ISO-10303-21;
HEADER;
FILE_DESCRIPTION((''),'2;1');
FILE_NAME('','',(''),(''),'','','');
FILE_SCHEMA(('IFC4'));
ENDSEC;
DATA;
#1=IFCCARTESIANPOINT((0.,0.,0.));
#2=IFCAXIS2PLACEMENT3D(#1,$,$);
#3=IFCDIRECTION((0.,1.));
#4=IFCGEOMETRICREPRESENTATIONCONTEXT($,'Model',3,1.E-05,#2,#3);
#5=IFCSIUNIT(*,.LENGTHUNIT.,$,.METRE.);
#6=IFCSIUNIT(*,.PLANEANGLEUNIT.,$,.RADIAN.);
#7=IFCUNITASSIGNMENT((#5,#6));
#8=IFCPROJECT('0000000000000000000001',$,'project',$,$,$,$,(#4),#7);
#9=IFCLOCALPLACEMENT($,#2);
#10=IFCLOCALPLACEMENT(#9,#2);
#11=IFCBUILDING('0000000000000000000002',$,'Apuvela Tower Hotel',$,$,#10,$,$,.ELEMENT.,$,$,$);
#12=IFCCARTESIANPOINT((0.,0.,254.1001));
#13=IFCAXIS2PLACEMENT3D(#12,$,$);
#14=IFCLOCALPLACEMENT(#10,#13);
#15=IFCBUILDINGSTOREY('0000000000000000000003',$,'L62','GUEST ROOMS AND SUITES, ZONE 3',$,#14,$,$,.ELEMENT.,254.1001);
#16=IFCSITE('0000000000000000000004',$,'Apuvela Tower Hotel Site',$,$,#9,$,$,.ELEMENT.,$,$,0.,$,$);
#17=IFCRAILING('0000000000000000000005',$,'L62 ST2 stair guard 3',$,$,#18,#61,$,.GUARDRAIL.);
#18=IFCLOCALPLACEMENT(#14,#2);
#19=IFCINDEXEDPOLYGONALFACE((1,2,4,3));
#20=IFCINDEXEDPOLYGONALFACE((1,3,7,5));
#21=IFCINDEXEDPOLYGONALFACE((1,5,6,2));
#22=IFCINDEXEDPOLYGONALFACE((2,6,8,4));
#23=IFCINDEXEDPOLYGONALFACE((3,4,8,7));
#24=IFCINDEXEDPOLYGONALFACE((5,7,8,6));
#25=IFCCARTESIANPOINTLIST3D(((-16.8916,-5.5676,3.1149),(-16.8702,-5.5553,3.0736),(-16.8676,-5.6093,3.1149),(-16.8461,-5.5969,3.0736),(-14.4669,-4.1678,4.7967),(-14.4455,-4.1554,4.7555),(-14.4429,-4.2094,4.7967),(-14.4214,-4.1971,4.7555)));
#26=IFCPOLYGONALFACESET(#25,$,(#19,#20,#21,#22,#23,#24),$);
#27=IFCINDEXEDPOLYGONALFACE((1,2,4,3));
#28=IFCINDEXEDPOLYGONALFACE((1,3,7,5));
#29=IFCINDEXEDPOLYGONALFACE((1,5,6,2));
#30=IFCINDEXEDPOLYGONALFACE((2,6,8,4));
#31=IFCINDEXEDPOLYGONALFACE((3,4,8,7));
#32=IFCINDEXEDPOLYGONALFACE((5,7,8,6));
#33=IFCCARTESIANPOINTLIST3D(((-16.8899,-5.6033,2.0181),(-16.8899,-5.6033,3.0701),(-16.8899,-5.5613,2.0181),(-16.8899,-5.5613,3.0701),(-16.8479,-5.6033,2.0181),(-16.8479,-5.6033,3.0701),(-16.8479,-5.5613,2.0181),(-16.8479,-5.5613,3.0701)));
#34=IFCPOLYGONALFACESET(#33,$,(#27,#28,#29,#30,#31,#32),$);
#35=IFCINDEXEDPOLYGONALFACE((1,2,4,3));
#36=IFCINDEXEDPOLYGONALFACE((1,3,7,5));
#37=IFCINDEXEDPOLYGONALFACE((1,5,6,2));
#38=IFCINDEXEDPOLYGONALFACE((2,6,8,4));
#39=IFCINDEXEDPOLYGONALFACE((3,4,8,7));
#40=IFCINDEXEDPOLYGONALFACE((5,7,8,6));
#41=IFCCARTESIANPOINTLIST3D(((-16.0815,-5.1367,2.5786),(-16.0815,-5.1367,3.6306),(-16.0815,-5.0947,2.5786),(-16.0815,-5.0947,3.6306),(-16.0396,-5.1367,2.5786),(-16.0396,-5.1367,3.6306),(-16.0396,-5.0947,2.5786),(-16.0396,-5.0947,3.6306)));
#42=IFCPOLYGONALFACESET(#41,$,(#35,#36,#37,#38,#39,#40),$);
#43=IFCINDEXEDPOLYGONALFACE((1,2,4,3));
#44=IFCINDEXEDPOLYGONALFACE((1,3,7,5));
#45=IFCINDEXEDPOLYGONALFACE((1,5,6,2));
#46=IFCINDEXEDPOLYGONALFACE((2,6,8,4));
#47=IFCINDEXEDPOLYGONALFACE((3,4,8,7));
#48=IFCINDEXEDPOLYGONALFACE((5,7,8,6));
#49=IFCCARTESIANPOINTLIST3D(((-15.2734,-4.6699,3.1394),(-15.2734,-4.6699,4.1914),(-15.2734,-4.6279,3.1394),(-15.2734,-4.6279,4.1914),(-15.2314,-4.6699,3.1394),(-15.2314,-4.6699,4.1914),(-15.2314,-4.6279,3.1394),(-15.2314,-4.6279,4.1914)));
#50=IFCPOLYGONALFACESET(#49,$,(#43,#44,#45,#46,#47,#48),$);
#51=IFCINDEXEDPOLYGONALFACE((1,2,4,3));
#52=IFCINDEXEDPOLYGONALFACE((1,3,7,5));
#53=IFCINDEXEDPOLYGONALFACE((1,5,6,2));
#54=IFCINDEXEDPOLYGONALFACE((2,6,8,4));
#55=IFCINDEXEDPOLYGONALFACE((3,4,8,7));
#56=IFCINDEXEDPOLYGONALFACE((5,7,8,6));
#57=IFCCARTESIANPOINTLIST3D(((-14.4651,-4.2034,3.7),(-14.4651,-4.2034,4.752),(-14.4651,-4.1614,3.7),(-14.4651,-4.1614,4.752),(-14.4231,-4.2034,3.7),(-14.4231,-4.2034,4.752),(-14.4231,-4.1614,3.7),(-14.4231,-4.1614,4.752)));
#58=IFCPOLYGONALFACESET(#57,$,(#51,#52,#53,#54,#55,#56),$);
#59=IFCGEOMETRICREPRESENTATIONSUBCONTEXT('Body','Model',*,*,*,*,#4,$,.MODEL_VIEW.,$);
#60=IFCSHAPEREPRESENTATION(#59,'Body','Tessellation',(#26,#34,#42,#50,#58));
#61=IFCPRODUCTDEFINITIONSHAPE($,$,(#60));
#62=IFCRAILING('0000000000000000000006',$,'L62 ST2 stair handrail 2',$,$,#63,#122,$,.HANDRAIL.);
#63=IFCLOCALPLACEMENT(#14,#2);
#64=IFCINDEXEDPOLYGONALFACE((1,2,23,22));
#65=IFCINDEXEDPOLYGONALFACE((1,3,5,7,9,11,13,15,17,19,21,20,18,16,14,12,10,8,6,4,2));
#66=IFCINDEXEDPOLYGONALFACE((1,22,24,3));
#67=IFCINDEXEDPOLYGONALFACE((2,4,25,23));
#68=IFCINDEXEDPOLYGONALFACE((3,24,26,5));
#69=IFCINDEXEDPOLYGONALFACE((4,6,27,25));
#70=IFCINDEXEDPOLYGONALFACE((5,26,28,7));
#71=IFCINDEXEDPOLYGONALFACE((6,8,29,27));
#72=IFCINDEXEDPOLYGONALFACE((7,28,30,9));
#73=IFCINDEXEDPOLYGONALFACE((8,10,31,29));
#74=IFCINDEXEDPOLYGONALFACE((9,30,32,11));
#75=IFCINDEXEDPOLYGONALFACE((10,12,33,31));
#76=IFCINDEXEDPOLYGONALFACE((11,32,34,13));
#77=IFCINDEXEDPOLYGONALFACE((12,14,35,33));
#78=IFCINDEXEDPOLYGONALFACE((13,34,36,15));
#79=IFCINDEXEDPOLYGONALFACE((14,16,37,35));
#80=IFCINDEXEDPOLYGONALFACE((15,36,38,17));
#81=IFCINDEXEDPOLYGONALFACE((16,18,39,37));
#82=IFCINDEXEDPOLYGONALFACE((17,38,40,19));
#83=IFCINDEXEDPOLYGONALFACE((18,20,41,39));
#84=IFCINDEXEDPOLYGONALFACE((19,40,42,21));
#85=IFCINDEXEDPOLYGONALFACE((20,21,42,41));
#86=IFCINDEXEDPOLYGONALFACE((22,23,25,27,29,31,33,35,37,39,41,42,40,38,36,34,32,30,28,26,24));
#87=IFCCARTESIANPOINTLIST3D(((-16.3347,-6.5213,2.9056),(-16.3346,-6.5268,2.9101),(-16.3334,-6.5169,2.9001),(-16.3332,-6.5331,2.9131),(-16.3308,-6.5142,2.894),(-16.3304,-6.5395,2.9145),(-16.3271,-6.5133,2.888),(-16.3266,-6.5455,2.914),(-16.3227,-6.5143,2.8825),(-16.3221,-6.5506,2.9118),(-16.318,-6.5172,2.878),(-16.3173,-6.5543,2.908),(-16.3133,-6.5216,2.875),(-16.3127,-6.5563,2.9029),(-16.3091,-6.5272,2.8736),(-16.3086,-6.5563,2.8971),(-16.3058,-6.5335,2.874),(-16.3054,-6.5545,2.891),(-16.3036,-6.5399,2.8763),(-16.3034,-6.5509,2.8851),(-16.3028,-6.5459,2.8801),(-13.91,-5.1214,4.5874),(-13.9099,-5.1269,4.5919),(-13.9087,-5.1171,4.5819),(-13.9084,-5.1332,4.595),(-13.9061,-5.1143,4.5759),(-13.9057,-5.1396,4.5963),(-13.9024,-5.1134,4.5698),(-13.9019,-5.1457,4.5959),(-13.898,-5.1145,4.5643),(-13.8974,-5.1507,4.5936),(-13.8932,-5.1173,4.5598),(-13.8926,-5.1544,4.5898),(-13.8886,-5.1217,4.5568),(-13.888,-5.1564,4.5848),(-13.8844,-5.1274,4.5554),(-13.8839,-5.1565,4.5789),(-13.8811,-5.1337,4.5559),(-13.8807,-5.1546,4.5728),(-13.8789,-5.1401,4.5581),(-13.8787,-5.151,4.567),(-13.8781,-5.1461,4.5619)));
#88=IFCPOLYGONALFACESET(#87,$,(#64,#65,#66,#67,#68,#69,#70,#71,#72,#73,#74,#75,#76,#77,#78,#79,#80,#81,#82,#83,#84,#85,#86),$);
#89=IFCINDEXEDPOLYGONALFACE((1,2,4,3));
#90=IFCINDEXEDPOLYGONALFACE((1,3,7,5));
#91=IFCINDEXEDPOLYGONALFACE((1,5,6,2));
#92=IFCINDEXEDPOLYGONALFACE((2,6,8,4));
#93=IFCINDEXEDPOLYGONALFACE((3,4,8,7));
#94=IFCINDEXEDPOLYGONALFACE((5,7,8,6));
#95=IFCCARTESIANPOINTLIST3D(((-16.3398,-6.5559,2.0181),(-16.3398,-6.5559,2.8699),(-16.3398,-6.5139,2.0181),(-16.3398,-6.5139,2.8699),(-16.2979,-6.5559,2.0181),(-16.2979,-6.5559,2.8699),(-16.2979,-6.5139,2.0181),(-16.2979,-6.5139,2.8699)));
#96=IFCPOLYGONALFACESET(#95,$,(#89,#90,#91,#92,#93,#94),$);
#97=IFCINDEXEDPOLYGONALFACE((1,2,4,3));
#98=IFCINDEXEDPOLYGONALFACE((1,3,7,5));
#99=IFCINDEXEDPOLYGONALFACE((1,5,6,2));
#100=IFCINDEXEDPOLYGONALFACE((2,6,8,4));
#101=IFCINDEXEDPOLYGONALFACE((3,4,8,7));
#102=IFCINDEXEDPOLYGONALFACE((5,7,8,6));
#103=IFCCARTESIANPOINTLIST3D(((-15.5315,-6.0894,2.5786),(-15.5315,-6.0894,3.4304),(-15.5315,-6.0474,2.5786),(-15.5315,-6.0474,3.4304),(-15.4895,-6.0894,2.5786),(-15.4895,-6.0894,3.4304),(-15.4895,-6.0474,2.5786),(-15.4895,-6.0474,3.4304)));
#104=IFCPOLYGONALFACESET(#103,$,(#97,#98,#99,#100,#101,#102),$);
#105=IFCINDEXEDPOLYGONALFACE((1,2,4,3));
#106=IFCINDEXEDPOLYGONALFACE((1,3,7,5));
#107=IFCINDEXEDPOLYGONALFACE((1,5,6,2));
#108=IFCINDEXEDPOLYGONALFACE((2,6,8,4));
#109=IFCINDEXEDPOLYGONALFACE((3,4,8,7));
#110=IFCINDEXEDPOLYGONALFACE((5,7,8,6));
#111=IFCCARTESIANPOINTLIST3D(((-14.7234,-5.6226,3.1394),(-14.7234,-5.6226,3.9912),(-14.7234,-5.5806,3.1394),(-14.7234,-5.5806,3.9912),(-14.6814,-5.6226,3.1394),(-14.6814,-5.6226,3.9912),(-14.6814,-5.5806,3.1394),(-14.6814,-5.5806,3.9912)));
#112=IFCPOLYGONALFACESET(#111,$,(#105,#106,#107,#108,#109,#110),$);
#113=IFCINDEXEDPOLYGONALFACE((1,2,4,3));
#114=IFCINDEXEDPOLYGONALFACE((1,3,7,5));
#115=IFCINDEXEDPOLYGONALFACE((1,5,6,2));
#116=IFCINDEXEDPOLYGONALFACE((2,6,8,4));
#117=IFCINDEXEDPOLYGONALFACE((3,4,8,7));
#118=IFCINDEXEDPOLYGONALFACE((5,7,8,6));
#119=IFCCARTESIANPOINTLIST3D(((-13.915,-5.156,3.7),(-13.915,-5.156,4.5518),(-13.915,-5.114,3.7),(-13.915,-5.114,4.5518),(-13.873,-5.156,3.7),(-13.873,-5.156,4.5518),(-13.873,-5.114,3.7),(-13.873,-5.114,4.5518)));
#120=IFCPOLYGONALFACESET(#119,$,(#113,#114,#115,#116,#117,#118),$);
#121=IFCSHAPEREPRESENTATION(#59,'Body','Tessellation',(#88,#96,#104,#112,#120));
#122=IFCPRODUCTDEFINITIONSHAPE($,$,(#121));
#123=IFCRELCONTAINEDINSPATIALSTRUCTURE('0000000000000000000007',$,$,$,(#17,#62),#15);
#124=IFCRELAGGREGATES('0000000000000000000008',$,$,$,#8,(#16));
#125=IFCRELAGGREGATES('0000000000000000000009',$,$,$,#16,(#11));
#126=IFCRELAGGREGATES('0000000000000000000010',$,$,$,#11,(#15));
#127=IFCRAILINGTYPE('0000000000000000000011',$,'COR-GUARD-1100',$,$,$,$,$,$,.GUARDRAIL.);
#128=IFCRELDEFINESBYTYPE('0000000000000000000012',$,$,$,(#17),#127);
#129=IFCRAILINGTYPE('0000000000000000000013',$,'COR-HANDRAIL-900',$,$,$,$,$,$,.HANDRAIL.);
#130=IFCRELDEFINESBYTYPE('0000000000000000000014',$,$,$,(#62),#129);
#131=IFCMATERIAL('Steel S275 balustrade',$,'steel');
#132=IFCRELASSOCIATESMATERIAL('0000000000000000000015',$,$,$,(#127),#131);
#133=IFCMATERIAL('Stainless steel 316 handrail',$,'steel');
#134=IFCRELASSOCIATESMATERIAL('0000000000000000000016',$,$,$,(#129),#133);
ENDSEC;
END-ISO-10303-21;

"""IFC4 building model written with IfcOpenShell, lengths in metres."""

from ifc_helpers import new_model, si_unit, direction, frame, origin, origin_2d, place, context, subcontext, project, spatial, rectangle, circle, extrude, material, type_object, element, save


model = new_model("IFC4")

# Units and contexts
model_context = context("Model", 3, precision=1e-05, world=origin(), true_north=direction((0.0, 1.0)))
body_context = subcontext(model_context, "Body", "Model", "MODEL_VIEW")
ifc_project = project(units=[si_unit("LENGTHUNIT", "METRE"), si_unit("PLANEANGLEUNIT", "RADIAN")], contexts=[model_context])

# Site, building, storey
site_placement = place(None, origin())
site = spatial("IfcSite", under=ifc_project, at=site_placement, Name="Apuvela Tower Hotel Site", CompositionType="ELEMENT", RefElevation=0.0)
building_placement = place(site_placement, origin())
building = spatial("IfcBuilding", under=site, at=building_placement, Name="Apuvela Tower Hotel", CompositionType="ELEMENT")
storey_placement = place(building_placement, frame((0.0, 0.0, 254.1001)))
storey = spatial("IfcBuildingStorey", under=building, at=storey_placement, Name="L62", Description="GUEST ROOMS AND SUITES, ZONE 3", CompositionType="ELEMENT", Elevation=254.1001)

# Railings
ifc_material_1 = material(Name="Steel S275 balustrade", Category="steel")
railing_type_1 = type_object("IfcRailingType", Name="COR-GUARD-1100", PredefinedType="GUARDRAIL", material=ifc_material_1)
railing_1_placement = place(storey_placement, frame((-16.8689, -5.5823, 2.0181)))
element("IfcRailing", 1, at=railing_1_placement, inside=storey, type_object=railing_type_1, Name="L62 ST2 stair guard 3", PredefinedType="GUARDRAIL", context=body_context, shape_type="SweptSolid", body=[
    extrude(rectangle(XDim=0.0481, YDim=0.0481, at=origin_2d()), frame((0.0, 0.0, 1.0762), z_axis=(0.74239, 0.428601, 0.514934), x_axis=(-0.499984, 0.866035, 0.0)), (0.0, 0.0, 1.0), 3.2661),
    extrude(rectangle(XDim=0.042, YDim=0.042, at=origin_2d()), origin(), (0.0, 0.0, 1.0), 1.052),
    extrude(rectangle(XDim=0.042, YDim=0.042, at=origin_2d()), frame((0.8083, 0.4666, 0.5605)), (0.0, 0.0, 1.0), 1.052),
    extrude(rectangle(XDim=0.042, YDim=0.042, at=origin_2d()), frame((1.6165, 0.9333, 1.1213)), (0.0, 0.0, 1.0), 1.052),
    extrude(rectangle(XDim=0.042, YDim=0.042, at=origin_2d()), frame((2.4248, 1.3999, 1.6819)), (0.0, 0.0, 1.0), 1.052),
])
ifc_material_2 = material(Name="Stainless steel 316 handrail", Category="steel")
railing_type_2 = type_object("IfcRailingType", Name="COR-HANDRAIL-900", PredefinedType="HANDRAIL", material=ifc_material_2)
railing_2_placement = place(storey_placement, frame((-16.3188, -6.5349, 2.0181)))
element("IfcRailing", 2, at=railing_2_placement, inside=storey, type_object=railing_type_2, Name="L62 ST2 stair handrail 2", PredefinedType="HANDRAIL", context=body_context, shape_type="SweptSolid", body=[
    extrude(circle(Radius=0.0239, at=origin_2d()), frame((0.0, 0.0, 0.876), z_axis=(0.74239, 0.428601, 0.514934), x_axis=(-0.499984, 0.866035, 0.0)), (0.0, 0.0, 1.0), 3.2661),
    extrude(rectangle(XDim=0.042, YDim=0.042, at=origin_2d()), origin(), (0.0, 0.0, 1.0), 0.8518),
    extrude(rectangle(XDim=0.042, YDim=0.042, at=origin_2d()), frame((0.8083, 0.4666, 0.5605)), (0.0, 0.0, 1.0), 0.8518),
    extrude(rectangle(XDim=0.042, YDim=0.042, at=origin_2d()), frame((1.6165, 0.9333, 1.1213)), (0.0, 0.0, 1.0), 0.8518),
    extrude(rectangle(XDim=0.042, YDim=0.042, at=origin_2d()), frame((2.4248, 1.3999, 1.6819)), (0.0, 0.0, 1.0), 0.8518),
])

save(model, "model.ifc")
